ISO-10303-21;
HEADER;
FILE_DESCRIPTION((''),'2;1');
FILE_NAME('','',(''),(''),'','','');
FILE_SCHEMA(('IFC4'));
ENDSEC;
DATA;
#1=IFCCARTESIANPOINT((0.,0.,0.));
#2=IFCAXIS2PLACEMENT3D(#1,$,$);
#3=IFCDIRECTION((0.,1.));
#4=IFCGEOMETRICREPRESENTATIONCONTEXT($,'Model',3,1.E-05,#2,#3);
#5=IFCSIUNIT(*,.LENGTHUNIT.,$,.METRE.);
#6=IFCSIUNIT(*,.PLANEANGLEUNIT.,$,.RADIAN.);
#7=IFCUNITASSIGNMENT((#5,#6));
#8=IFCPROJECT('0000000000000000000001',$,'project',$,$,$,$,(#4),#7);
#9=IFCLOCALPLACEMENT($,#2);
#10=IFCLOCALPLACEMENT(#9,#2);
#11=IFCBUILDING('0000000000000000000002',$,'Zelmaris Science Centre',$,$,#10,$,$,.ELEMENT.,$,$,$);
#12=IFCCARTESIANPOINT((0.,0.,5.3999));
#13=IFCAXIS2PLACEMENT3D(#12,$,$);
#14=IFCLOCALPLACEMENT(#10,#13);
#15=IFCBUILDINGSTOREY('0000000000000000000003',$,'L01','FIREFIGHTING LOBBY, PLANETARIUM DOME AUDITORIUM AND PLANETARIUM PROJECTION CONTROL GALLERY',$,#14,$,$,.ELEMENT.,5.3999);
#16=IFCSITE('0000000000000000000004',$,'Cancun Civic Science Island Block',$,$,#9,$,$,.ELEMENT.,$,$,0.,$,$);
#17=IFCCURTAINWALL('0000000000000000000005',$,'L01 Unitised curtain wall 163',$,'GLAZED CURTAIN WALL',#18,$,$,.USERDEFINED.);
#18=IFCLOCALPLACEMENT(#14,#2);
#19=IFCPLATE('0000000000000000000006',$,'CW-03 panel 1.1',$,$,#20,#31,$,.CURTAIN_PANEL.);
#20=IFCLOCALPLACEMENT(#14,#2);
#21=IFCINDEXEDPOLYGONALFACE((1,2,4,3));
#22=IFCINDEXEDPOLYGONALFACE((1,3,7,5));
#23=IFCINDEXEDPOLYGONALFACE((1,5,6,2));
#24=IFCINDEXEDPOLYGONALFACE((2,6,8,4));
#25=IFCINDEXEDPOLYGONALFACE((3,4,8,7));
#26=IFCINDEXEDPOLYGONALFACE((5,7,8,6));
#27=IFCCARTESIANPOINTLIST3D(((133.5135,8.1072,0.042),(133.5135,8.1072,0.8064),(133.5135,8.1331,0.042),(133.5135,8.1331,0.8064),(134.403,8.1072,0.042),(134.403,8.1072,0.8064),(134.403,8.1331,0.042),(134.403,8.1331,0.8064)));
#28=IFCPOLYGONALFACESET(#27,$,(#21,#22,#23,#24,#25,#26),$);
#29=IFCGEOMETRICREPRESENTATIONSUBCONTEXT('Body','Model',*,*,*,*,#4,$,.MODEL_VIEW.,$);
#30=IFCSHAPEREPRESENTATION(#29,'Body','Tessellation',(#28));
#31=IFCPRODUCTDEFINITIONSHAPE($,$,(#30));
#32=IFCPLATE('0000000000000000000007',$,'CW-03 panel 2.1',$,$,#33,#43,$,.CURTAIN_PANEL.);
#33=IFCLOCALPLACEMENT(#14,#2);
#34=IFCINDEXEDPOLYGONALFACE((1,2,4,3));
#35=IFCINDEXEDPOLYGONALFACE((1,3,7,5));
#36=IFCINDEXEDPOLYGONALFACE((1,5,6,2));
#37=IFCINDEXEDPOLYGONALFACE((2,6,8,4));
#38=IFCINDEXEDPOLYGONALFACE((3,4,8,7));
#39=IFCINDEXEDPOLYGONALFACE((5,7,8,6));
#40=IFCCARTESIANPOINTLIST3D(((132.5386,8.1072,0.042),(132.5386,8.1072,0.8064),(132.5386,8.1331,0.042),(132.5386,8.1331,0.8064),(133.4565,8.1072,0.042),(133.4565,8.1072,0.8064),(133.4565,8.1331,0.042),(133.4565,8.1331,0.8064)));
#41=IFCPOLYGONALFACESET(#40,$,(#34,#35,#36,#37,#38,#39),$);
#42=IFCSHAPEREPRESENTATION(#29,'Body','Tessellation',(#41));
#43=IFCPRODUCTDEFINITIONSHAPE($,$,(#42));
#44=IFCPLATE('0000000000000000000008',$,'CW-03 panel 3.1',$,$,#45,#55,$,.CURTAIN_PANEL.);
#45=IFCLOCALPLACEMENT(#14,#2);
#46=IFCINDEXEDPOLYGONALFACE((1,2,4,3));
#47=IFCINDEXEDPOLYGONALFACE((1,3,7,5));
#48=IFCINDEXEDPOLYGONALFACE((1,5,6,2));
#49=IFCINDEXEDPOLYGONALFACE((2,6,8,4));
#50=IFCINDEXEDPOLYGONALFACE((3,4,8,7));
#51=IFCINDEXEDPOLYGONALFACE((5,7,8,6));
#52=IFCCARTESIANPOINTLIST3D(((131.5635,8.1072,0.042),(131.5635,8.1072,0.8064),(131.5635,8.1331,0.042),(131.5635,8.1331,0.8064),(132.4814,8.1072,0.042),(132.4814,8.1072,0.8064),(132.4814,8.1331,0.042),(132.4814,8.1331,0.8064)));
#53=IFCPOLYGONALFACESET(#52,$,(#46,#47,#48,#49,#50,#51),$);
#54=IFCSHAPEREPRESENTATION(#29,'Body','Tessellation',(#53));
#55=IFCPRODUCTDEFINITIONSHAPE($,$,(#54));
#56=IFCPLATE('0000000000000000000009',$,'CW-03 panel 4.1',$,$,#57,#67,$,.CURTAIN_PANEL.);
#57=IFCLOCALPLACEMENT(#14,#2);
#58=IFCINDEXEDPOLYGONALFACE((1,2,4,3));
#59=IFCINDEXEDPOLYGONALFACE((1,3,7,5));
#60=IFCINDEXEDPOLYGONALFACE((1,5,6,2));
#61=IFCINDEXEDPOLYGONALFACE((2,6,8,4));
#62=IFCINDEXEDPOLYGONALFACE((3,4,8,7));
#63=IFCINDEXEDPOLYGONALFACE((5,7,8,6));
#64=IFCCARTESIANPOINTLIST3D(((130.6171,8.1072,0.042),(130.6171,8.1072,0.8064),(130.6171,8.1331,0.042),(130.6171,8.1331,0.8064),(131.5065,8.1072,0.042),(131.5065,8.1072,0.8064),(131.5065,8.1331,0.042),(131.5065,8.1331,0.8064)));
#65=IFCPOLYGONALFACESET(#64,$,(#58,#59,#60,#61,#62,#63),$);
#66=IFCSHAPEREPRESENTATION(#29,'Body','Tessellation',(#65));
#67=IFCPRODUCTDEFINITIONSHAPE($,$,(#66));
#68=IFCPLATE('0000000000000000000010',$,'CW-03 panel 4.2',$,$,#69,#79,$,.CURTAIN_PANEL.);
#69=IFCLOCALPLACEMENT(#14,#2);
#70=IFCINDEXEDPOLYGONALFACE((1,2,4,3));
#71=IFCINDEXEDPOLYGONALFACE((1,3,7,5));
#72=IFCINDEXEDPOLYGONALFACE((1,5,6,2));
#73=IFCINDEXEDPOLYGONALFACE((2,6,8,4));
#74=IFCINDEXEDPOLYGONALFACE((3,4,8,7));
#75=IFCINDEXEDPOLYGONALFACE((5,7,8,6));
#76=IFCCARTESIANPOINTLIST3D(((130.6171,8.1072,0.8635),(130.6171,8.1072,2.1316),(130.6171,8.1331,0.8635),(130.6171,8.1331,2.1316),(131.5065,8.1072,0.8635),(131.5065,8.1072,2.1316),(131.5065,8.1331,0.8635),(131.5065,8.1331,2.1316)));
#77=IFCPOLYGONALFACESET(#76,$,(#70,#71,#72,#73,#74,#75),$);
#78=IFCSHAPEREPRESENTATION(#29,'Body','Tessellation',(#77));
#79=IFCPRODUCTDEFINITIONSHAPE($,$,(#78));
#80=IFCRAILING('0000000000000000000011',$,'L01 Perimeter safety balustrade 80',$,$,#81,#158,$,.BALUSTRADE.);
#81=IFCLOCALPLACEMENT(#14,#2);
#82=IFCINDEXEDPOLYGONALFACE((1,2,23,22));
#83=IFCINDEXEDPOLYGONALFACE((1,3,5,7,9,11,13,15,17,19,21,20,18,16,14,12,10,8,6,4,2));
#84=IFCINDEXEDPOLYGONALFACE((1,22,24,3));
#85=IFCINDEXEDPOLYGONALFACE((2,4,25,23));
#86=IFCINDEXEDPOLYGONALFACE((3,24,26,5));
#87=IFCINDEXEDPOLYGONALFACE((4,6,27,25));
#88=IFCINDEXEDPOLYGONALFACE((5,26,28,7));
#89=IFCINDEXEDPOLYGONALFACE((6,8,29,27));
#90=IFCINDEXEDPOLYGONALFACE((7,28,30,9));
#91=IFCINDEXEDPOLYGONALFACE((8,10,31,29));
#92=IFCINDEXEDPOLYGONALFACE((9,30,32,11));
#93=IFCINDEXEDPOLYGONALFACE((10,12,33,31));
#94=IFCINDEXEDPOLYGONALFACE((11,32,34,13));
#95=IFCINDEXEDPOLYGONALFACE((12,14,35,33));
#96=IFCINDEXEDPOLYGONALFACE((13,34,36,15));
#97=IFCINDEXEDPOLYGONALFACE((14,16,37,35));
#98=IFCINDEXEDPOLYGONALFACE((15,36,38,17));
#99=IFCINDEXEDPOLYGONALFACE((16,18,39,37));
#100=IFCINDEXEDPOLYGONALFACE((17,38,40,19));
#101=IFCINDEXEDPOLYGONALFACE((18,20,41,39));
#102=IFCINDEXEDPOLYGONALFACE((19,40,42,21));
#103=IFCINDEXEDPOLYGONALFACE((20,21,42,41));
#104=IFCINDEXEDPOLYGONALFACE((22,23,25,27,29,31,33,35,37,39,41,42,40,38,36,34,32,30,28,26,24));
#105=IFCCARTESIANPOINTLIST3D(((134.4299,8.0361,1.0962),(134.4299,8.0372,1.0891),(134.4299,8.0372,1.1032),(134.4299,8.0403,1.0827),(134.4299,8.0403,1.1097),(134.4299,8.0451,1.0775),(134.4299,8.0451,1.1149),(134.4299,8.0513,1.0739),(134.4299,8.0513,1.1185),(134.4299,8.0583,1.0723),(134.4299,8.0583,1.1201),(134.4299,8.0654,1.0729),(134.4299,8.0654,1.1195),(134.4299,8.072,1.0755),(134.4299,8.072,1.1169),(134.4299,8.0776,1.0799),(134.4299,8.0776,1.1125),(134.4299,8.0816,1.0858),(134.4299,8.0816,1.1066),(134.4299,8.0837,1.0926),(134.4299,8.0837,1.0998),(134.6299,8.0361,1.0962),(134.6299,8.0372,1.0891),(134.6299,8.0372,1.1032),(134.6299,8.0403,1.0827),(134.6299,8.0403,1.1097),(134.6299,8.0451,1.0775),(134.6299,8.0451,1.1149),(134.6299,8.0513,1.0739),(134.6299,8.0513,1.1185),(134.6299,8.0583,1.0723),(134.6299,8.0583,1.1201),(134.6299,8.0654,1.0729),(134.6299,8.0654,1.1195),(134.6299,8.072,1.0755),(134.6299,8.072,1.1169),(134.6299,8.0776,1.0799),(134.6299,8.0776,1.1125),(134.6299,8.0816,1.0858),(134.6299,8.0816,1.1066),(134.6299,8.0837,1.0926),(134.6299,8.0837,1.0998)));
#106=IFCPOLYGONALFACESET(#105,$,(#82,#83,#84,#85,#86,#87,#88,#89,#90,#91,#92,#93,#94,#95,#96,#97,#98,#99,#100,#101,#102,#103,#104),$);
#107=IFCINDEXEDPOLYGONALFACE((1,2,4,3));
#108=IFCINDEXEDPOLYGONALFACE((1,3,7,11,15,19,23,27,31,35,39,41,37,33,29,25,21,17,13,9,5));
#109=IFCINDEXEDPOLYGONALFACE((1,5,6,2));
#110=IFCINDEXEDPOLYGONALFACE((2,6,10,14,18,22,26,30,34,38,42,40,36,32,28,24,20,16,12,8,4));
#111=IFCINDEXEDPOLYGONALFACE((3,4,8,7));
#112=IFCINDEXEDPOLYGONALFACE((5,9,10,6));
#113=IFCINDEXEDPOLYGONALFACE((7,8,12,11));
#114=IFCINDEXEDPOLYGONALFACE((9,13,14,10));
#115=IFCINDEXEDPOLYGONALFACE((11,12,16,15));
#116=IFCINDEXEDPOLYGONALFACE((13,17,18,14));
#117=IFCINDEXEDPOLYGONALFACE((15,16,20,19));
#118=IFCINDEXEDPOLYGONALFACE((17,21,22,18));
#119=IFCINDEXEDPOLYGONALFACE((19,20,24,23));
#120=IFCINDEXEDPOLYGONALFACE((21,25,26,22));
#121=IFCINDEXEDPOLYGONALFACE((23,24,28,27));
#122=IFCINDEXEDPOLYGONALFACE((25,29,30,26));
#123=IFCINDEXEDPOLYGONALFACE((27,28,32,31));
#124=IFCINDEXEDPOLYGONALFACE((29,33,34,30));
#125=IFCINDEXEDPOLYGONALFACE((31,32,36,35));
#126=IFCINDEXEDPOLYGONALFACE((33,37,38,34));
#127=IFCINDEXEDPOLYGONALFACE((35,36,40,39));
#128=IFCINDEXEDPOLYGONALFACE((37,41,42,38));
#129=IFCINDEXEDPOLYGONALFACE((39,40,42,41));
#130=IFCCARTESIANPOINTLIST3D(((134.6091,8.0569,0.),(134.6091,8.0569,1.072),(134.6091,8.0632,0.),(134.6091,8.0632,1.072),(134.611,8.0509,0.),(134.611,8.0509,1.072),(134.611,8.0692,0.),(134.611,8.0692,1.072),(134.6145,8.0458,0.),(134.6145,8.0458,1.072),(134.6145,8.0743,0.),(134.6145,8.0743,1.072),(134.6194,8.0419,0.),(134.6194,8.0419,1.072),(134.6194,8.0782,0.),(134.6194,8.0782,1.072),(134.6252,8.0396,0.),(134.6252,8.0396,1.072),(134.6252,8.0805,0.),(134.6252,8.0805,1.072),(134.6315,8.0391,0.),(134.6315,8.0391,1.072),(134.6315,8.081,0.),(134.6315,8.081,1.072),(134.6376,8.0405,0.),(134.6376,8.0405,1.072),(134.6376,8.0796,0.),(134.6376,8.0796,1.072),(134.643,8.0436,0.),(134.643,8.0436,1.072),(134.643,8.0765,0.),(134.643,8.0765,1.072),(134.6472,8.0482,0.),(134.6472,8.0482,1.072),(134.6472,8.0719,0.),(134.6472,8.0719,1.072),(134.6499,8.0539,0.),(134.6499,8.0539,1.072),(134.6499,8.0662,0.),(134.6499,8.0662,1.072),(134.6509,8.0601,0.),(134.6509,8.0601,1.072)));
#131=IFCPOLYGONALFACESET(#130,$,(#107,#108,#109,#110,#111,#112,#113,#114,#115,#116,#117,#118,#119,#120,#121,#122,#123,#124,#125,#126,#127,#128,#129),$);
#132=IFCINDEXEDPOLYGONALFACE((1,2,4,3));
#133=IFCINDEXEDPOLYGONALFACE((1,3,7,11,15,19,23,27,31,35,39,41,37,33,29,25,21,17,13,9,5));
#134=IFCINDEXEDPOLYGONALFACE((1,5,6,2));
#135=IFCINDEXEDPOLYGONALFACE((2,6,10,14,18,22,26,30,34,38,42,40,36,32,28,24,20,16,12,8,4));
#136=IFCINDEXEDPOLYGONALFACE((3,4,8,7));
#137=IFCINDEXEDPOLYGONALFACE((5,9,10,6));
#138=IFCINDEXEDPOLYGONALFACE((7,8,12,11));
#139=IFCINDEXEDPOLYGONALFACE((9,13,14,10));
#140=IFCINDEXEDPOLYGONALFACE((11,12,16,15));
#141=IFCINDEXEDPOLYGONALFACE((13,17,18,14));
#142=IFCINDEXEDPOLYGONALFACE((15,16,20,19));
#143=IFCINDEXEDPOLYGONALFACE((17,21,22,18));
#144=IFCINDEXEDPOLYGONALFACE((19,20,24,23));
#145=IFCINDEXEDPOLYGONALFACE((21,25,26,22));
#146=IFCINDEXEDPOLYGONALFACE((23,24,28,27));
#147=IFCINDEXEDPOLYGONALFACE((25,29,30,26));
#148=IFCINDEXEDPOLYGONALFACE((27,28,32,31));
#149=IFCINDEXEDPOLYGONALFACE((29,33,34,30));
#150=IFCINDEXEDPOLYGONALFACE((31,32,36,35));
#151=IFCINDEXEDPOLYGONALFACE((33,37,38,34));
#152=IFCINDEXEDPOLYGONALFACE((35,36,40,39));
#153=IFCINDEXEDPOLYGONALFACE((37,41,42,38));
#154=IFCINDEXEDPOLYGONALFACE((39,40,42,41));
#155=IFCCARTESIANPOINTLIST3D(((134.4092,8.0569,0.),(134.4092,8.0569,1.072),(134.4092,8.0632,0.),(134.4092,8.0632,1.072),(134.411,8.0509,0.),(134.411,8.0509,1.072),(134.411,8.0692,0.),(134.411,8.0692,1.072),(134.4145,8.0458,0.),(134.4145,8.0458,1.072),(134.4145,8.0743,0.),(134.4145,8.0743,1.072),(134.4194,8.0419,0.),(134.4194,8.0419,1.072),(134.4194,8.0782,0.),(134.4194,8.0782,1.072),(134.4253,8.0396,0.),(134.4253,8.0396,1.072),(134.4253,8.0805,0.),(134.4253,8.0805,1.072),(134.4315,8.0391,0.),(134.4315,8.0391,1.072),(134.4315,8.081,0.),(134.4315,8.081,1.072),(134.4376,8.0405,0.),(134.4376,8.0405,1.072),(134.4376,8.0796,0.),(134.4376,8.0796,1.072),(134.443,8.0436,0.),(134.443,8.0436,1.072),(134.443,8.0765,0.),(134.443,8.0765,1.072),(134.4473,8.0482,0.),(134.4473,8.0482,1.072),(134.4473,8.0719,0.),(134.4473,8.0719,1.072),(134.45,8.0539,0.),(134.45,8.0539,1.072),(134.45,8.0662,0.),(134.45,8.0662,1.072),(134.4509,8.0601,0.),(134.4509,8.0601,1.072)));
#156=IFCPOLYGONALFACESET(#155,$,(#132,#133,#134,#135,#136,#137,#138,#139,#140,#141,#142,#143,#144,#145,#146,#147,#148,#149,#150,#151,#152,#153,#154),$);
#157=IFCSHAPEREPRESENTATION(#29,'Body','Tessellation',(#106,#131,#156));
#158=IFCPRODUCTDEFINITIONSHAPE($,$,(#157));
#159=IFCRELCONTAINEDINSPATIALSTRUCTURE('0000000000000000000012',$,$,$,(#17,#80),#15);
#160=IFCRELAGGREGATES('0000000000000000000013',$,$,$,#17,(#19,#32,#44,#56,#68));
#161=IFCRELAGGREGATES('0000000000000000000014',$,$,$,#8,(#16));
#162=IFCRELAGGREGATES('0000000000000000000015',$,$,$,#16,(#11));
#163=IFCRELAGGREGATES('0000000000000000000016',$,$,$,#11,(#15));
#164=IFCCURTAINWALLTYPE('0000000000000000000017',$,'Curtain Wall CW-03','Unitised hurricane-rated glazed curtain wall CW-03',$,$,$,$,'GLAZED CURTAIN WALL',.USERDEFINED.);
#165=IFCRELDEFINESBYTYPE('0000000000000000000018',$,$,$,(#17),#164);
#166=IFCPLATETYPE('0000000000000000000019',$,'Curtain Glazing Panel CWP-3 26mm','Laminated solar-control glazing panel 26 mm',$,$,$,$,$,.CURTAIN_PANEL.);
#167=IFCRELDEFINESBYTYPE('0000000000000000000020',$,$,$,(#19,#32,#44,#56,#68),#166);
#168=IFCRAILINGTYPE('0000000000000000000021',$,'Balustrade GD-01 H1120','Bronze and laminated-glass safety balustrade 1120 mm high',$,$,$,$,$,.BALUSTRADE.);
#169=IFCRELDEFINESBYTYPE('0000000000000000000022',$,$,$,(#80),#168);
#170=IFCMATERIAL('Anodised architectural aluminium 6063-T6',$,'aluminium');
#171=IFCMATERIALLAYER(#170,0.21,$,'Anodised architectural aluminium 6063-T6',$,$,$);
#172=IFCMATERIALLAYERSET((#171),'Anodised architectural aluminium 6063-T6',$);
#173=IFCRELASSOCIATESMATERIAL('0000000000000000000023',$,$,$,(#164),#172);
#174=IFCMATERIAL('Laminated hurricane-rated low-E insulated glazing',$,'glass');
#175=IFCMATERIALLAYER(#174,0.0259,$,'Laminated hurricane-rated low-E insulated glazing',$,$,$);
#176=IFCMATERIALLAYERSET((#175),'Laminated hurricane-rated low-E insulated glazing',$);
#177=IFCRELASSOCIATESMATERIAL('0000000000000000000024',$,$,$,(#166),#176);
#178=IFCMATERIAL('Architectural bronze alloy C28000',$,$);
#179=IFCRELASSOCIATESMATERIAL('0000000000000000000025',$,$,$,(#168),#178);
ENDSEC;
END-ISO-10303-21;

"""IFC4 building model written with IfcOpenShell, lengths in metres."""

from ifc_helpers import new_model, si_unit, direction, frame, origin, origin_2d, place, context, subcontext, project, spatial, rectangle, circle, extrude, material, layer, layer_set, type_object, element, aggregate, save


model = new_model("IFC4")

# Units and contexts
model_context = context("Model", 3, precision=1e-05, world=origin(), true_north=direction((0.0, 1.0)))
body_context = subcontext(model_context, "Body", "Model", "MODEL_VIEW")
ifc_project = project(units=[si_unit("LENGTHUNIT", "METRE"), si_unit("PLANEANGLEUNIT", "RADIAN")], contexts=[model_context])

# Site, building, storey
site_placement = place(None, origin())
site = spatial("IfcSite", under=ifc_project, at=site_placement, Name="Cancun Civic Science Island Block", CompositionType="ELEMENT", RefElevation=0.0)
building_placement = place(site_placement, origin())
building = spatial("IfcBuilding", under=site, at=building_placement, Name="Zelmaris Science Centre", CompositionType="ELEMENT")
storey_placement = place(building_placement, frame((0.0, 0.0, 5.3999)))
storey = spatial("IfcBuildingStorey", under=building, at=storey_placement, Name="L01", Description="FIREFIGHTING LOBBY, PLANETARIUM DOME AUDITORIUM AND PLANETARIUM PROJECTION CONTROL GALLERY", CompositionType="ELEMENT", Elevation=5.3999)

# Curtain wall
ifc_material_1 = material(Name="Anodised architectural aluminium 6063-T6", Category="aluminium")
ifc_layer_1 = layer(ifc_material_1, 0.21, Name="Anodised architectural aluminium 6063-T6")
ifc_layer_set_1 = layer_set([ifc_layer_1], Name="Anodised architectural aluminium 6063-T6")
curtain_wall_type = type_object("IfcCurtainWallType", Name="Curtain Wall CW-03", Description="Unitised hurricane-rated glazed curtain wall CW-03", ElementType="GLAZED CURTAIN WALL", PredefinedType="USERDEFINED", material=ifc_layer_set_1)
curtain_wall_placement = place(storey_placement, origin())
curtain_wall = element("IfcCurtainWall", 1, at=curtain_wall_placement, inside=storey, type_object=curtain_wall_type, Name="L01 Unitised curtain wall 163", ObjectType="GLAZED CURTAIN WALL", PredefinedType="USERDEFINED")

# Plates
ifc_material_2 = material(Name="Laminated hurricane-rated low-E insulated glazing", Category="glass")
ifc_layer_2 = layer(ifc_material_2, 0.0259, Name="Laminated hurricane-rated low-E insulated glazing")
ifc_layer_set_2 = layer_set([ifc_layer_2], Name="Laminated hurricane-rated low-E insulated glazing")
plate_type = type_object("IfcPlateType", Name="Curtain Glazing Panel CWP-3 26mm", Description="Laminated solar-control glazing panel 26 mm", PredefinedType="CURTAIN_PANEL", material=ifc_layer_set_2)
plate_1_placement = place(storey_placement, frame((133.9583, 8.1201, 0.042), z_axis=(0.0, 0.0, 1.0), x_axis=(-1.0, 0.0, 0.0)))
plate_1 = element("IfcPlate", 2, at=plate_1_placement, type_object=plate_type, Name="CW-03 panel 1.1", PredefinedType="CURTAIN_PANEL", context=body_context, shape_type="SweptSolid", body=[
    extrude(rectangle(XDim=0.8894, YDim=0.0259, at=origin_2d()), origin(), (0.0, 0.0, 1.0), 0.7644),
])
plate_2_placement = place(storey_placement, frame((132.9976, 8.1201, 0.042), z_axis=(0.0, 0.0, 1.0), x_axis=(-1.0, 0.0, 0.0)))
plate_2 = element("IfcPlate", 3, at=plate_2_placement, type_object=plate_type, Name="CW-03 panel 2.1", PredefinedType="CURTAIN_PANEL", context=body_context, shape_type="SweptSolid", body=[
    extrude(rectangle(XDim=0.918, YDim=0.0259, at=origin_2d()), origin(), (0.0, 0.0, 1.0), 0.7644),
])
plate_3_placement = place(storey_placement, frame((132.0225, 8.1201, 0.042), z_axis=(0.0, 0.0, 1.0), x_axis=(-1.0, 0.0, 0.0)))
plate_3 = element("IfcPlate", 4, at=plate_3_placement, type_object=plate_type, Name="CW-03 panel 3.1", PredefinedType="CURTAIN_PANEL", context=body_context, shape_type="SweptSolid", body=[
    extrude(rectangle(XDim=0.918, YDim=0.0259, at=origin_2d()), origin(), (0.0, 0.0, 1.0), 0.7644),
])
plate_4_placement = place(storey_placement, frame((131.0618, 8.1201, 0.042), z_axis=(0.0, 0.0, 1.0), x_axis=(-1.0, 0.0, 0.0)))
plate_4 = element("IfcPlate", 5, at=plate_4_placement, type_object=plate_type, Name="CW-03 panel 4.1", PredefinedType="CURTAIN_PANEL", context=body_context, shape_type="SweptSolid", body=[
    extrude(rectangle(XDim=0.8894, YDim=0.0259, at=origin_2d()), origin(), (0.0, 0.0, 1.0), 0.7644),
])
plate_5_placement = place(storey_placement, frame((131.0618, 8.1201, 0.8635), z_axis=(0.0, 0.0, 1.0), x_axis=(-1.0, 0.0, 0.0)))
plate_5 = element("IfcPlate", 6, at=plate_5_placement, type_object=plate_type, Name="CW-03 panel 4.2", PredefinedType="CURTAIN_PANEL", context=body_context, shape_type="SweptSolid", body=[
    extrude(rectangle(XDim=0.8894, YDim=0.0259, at=origin_2d()), origin(), (0.0, 0.0, 1.0), 1.2681),
])
aggregate(curtain_wall, [plate_1, plate_2, plate_3, plate_4, plate_5])

# Railing
ifc_material_3 = material(Name="Architectural bronze alloy C28000")
railing_type = type_object("IfcRailingType", Name="Balustrade GD-01 H1120", Description="Bronze and laminated-glass safety balustrade 1120 mm high", PredefinedType="BALUSTRADE", material=ifc_material_3)
railing_1_placement = place(storey_placement, frame((134.6299, 8.0601, 0.0)))
element("IfcRailing", 7, at=railing_1_placement, inside=storey, type_object=railing_type, Name="L01 Perimeter safety balustrade 80", PredefinedType="BALUSTRADE", context=body_context, shape_type="SweptSolid", body=[
    extrude(circle(Radius=0.0239, at=origin_2d()), frame((0.0, 0.0, 1.0962), z_axis=(-1.0, 0.0, 0.0), x_axis=(0.0, -1.0, 0.0)), (0.0, 0.0, 1.0), 0.2),
    extrude(circle(Radius=0.021, at=origin_2d()), origin(), (0.0, 0.0, 1.0), 1.072),
    extrude(circle(Radius=0.021, at=origin_2d()), frame((-0.2, 0.0, 0.0)), (0.0, 0.0, 1.0), 1.072),
])

save(model, "model.ifc")
